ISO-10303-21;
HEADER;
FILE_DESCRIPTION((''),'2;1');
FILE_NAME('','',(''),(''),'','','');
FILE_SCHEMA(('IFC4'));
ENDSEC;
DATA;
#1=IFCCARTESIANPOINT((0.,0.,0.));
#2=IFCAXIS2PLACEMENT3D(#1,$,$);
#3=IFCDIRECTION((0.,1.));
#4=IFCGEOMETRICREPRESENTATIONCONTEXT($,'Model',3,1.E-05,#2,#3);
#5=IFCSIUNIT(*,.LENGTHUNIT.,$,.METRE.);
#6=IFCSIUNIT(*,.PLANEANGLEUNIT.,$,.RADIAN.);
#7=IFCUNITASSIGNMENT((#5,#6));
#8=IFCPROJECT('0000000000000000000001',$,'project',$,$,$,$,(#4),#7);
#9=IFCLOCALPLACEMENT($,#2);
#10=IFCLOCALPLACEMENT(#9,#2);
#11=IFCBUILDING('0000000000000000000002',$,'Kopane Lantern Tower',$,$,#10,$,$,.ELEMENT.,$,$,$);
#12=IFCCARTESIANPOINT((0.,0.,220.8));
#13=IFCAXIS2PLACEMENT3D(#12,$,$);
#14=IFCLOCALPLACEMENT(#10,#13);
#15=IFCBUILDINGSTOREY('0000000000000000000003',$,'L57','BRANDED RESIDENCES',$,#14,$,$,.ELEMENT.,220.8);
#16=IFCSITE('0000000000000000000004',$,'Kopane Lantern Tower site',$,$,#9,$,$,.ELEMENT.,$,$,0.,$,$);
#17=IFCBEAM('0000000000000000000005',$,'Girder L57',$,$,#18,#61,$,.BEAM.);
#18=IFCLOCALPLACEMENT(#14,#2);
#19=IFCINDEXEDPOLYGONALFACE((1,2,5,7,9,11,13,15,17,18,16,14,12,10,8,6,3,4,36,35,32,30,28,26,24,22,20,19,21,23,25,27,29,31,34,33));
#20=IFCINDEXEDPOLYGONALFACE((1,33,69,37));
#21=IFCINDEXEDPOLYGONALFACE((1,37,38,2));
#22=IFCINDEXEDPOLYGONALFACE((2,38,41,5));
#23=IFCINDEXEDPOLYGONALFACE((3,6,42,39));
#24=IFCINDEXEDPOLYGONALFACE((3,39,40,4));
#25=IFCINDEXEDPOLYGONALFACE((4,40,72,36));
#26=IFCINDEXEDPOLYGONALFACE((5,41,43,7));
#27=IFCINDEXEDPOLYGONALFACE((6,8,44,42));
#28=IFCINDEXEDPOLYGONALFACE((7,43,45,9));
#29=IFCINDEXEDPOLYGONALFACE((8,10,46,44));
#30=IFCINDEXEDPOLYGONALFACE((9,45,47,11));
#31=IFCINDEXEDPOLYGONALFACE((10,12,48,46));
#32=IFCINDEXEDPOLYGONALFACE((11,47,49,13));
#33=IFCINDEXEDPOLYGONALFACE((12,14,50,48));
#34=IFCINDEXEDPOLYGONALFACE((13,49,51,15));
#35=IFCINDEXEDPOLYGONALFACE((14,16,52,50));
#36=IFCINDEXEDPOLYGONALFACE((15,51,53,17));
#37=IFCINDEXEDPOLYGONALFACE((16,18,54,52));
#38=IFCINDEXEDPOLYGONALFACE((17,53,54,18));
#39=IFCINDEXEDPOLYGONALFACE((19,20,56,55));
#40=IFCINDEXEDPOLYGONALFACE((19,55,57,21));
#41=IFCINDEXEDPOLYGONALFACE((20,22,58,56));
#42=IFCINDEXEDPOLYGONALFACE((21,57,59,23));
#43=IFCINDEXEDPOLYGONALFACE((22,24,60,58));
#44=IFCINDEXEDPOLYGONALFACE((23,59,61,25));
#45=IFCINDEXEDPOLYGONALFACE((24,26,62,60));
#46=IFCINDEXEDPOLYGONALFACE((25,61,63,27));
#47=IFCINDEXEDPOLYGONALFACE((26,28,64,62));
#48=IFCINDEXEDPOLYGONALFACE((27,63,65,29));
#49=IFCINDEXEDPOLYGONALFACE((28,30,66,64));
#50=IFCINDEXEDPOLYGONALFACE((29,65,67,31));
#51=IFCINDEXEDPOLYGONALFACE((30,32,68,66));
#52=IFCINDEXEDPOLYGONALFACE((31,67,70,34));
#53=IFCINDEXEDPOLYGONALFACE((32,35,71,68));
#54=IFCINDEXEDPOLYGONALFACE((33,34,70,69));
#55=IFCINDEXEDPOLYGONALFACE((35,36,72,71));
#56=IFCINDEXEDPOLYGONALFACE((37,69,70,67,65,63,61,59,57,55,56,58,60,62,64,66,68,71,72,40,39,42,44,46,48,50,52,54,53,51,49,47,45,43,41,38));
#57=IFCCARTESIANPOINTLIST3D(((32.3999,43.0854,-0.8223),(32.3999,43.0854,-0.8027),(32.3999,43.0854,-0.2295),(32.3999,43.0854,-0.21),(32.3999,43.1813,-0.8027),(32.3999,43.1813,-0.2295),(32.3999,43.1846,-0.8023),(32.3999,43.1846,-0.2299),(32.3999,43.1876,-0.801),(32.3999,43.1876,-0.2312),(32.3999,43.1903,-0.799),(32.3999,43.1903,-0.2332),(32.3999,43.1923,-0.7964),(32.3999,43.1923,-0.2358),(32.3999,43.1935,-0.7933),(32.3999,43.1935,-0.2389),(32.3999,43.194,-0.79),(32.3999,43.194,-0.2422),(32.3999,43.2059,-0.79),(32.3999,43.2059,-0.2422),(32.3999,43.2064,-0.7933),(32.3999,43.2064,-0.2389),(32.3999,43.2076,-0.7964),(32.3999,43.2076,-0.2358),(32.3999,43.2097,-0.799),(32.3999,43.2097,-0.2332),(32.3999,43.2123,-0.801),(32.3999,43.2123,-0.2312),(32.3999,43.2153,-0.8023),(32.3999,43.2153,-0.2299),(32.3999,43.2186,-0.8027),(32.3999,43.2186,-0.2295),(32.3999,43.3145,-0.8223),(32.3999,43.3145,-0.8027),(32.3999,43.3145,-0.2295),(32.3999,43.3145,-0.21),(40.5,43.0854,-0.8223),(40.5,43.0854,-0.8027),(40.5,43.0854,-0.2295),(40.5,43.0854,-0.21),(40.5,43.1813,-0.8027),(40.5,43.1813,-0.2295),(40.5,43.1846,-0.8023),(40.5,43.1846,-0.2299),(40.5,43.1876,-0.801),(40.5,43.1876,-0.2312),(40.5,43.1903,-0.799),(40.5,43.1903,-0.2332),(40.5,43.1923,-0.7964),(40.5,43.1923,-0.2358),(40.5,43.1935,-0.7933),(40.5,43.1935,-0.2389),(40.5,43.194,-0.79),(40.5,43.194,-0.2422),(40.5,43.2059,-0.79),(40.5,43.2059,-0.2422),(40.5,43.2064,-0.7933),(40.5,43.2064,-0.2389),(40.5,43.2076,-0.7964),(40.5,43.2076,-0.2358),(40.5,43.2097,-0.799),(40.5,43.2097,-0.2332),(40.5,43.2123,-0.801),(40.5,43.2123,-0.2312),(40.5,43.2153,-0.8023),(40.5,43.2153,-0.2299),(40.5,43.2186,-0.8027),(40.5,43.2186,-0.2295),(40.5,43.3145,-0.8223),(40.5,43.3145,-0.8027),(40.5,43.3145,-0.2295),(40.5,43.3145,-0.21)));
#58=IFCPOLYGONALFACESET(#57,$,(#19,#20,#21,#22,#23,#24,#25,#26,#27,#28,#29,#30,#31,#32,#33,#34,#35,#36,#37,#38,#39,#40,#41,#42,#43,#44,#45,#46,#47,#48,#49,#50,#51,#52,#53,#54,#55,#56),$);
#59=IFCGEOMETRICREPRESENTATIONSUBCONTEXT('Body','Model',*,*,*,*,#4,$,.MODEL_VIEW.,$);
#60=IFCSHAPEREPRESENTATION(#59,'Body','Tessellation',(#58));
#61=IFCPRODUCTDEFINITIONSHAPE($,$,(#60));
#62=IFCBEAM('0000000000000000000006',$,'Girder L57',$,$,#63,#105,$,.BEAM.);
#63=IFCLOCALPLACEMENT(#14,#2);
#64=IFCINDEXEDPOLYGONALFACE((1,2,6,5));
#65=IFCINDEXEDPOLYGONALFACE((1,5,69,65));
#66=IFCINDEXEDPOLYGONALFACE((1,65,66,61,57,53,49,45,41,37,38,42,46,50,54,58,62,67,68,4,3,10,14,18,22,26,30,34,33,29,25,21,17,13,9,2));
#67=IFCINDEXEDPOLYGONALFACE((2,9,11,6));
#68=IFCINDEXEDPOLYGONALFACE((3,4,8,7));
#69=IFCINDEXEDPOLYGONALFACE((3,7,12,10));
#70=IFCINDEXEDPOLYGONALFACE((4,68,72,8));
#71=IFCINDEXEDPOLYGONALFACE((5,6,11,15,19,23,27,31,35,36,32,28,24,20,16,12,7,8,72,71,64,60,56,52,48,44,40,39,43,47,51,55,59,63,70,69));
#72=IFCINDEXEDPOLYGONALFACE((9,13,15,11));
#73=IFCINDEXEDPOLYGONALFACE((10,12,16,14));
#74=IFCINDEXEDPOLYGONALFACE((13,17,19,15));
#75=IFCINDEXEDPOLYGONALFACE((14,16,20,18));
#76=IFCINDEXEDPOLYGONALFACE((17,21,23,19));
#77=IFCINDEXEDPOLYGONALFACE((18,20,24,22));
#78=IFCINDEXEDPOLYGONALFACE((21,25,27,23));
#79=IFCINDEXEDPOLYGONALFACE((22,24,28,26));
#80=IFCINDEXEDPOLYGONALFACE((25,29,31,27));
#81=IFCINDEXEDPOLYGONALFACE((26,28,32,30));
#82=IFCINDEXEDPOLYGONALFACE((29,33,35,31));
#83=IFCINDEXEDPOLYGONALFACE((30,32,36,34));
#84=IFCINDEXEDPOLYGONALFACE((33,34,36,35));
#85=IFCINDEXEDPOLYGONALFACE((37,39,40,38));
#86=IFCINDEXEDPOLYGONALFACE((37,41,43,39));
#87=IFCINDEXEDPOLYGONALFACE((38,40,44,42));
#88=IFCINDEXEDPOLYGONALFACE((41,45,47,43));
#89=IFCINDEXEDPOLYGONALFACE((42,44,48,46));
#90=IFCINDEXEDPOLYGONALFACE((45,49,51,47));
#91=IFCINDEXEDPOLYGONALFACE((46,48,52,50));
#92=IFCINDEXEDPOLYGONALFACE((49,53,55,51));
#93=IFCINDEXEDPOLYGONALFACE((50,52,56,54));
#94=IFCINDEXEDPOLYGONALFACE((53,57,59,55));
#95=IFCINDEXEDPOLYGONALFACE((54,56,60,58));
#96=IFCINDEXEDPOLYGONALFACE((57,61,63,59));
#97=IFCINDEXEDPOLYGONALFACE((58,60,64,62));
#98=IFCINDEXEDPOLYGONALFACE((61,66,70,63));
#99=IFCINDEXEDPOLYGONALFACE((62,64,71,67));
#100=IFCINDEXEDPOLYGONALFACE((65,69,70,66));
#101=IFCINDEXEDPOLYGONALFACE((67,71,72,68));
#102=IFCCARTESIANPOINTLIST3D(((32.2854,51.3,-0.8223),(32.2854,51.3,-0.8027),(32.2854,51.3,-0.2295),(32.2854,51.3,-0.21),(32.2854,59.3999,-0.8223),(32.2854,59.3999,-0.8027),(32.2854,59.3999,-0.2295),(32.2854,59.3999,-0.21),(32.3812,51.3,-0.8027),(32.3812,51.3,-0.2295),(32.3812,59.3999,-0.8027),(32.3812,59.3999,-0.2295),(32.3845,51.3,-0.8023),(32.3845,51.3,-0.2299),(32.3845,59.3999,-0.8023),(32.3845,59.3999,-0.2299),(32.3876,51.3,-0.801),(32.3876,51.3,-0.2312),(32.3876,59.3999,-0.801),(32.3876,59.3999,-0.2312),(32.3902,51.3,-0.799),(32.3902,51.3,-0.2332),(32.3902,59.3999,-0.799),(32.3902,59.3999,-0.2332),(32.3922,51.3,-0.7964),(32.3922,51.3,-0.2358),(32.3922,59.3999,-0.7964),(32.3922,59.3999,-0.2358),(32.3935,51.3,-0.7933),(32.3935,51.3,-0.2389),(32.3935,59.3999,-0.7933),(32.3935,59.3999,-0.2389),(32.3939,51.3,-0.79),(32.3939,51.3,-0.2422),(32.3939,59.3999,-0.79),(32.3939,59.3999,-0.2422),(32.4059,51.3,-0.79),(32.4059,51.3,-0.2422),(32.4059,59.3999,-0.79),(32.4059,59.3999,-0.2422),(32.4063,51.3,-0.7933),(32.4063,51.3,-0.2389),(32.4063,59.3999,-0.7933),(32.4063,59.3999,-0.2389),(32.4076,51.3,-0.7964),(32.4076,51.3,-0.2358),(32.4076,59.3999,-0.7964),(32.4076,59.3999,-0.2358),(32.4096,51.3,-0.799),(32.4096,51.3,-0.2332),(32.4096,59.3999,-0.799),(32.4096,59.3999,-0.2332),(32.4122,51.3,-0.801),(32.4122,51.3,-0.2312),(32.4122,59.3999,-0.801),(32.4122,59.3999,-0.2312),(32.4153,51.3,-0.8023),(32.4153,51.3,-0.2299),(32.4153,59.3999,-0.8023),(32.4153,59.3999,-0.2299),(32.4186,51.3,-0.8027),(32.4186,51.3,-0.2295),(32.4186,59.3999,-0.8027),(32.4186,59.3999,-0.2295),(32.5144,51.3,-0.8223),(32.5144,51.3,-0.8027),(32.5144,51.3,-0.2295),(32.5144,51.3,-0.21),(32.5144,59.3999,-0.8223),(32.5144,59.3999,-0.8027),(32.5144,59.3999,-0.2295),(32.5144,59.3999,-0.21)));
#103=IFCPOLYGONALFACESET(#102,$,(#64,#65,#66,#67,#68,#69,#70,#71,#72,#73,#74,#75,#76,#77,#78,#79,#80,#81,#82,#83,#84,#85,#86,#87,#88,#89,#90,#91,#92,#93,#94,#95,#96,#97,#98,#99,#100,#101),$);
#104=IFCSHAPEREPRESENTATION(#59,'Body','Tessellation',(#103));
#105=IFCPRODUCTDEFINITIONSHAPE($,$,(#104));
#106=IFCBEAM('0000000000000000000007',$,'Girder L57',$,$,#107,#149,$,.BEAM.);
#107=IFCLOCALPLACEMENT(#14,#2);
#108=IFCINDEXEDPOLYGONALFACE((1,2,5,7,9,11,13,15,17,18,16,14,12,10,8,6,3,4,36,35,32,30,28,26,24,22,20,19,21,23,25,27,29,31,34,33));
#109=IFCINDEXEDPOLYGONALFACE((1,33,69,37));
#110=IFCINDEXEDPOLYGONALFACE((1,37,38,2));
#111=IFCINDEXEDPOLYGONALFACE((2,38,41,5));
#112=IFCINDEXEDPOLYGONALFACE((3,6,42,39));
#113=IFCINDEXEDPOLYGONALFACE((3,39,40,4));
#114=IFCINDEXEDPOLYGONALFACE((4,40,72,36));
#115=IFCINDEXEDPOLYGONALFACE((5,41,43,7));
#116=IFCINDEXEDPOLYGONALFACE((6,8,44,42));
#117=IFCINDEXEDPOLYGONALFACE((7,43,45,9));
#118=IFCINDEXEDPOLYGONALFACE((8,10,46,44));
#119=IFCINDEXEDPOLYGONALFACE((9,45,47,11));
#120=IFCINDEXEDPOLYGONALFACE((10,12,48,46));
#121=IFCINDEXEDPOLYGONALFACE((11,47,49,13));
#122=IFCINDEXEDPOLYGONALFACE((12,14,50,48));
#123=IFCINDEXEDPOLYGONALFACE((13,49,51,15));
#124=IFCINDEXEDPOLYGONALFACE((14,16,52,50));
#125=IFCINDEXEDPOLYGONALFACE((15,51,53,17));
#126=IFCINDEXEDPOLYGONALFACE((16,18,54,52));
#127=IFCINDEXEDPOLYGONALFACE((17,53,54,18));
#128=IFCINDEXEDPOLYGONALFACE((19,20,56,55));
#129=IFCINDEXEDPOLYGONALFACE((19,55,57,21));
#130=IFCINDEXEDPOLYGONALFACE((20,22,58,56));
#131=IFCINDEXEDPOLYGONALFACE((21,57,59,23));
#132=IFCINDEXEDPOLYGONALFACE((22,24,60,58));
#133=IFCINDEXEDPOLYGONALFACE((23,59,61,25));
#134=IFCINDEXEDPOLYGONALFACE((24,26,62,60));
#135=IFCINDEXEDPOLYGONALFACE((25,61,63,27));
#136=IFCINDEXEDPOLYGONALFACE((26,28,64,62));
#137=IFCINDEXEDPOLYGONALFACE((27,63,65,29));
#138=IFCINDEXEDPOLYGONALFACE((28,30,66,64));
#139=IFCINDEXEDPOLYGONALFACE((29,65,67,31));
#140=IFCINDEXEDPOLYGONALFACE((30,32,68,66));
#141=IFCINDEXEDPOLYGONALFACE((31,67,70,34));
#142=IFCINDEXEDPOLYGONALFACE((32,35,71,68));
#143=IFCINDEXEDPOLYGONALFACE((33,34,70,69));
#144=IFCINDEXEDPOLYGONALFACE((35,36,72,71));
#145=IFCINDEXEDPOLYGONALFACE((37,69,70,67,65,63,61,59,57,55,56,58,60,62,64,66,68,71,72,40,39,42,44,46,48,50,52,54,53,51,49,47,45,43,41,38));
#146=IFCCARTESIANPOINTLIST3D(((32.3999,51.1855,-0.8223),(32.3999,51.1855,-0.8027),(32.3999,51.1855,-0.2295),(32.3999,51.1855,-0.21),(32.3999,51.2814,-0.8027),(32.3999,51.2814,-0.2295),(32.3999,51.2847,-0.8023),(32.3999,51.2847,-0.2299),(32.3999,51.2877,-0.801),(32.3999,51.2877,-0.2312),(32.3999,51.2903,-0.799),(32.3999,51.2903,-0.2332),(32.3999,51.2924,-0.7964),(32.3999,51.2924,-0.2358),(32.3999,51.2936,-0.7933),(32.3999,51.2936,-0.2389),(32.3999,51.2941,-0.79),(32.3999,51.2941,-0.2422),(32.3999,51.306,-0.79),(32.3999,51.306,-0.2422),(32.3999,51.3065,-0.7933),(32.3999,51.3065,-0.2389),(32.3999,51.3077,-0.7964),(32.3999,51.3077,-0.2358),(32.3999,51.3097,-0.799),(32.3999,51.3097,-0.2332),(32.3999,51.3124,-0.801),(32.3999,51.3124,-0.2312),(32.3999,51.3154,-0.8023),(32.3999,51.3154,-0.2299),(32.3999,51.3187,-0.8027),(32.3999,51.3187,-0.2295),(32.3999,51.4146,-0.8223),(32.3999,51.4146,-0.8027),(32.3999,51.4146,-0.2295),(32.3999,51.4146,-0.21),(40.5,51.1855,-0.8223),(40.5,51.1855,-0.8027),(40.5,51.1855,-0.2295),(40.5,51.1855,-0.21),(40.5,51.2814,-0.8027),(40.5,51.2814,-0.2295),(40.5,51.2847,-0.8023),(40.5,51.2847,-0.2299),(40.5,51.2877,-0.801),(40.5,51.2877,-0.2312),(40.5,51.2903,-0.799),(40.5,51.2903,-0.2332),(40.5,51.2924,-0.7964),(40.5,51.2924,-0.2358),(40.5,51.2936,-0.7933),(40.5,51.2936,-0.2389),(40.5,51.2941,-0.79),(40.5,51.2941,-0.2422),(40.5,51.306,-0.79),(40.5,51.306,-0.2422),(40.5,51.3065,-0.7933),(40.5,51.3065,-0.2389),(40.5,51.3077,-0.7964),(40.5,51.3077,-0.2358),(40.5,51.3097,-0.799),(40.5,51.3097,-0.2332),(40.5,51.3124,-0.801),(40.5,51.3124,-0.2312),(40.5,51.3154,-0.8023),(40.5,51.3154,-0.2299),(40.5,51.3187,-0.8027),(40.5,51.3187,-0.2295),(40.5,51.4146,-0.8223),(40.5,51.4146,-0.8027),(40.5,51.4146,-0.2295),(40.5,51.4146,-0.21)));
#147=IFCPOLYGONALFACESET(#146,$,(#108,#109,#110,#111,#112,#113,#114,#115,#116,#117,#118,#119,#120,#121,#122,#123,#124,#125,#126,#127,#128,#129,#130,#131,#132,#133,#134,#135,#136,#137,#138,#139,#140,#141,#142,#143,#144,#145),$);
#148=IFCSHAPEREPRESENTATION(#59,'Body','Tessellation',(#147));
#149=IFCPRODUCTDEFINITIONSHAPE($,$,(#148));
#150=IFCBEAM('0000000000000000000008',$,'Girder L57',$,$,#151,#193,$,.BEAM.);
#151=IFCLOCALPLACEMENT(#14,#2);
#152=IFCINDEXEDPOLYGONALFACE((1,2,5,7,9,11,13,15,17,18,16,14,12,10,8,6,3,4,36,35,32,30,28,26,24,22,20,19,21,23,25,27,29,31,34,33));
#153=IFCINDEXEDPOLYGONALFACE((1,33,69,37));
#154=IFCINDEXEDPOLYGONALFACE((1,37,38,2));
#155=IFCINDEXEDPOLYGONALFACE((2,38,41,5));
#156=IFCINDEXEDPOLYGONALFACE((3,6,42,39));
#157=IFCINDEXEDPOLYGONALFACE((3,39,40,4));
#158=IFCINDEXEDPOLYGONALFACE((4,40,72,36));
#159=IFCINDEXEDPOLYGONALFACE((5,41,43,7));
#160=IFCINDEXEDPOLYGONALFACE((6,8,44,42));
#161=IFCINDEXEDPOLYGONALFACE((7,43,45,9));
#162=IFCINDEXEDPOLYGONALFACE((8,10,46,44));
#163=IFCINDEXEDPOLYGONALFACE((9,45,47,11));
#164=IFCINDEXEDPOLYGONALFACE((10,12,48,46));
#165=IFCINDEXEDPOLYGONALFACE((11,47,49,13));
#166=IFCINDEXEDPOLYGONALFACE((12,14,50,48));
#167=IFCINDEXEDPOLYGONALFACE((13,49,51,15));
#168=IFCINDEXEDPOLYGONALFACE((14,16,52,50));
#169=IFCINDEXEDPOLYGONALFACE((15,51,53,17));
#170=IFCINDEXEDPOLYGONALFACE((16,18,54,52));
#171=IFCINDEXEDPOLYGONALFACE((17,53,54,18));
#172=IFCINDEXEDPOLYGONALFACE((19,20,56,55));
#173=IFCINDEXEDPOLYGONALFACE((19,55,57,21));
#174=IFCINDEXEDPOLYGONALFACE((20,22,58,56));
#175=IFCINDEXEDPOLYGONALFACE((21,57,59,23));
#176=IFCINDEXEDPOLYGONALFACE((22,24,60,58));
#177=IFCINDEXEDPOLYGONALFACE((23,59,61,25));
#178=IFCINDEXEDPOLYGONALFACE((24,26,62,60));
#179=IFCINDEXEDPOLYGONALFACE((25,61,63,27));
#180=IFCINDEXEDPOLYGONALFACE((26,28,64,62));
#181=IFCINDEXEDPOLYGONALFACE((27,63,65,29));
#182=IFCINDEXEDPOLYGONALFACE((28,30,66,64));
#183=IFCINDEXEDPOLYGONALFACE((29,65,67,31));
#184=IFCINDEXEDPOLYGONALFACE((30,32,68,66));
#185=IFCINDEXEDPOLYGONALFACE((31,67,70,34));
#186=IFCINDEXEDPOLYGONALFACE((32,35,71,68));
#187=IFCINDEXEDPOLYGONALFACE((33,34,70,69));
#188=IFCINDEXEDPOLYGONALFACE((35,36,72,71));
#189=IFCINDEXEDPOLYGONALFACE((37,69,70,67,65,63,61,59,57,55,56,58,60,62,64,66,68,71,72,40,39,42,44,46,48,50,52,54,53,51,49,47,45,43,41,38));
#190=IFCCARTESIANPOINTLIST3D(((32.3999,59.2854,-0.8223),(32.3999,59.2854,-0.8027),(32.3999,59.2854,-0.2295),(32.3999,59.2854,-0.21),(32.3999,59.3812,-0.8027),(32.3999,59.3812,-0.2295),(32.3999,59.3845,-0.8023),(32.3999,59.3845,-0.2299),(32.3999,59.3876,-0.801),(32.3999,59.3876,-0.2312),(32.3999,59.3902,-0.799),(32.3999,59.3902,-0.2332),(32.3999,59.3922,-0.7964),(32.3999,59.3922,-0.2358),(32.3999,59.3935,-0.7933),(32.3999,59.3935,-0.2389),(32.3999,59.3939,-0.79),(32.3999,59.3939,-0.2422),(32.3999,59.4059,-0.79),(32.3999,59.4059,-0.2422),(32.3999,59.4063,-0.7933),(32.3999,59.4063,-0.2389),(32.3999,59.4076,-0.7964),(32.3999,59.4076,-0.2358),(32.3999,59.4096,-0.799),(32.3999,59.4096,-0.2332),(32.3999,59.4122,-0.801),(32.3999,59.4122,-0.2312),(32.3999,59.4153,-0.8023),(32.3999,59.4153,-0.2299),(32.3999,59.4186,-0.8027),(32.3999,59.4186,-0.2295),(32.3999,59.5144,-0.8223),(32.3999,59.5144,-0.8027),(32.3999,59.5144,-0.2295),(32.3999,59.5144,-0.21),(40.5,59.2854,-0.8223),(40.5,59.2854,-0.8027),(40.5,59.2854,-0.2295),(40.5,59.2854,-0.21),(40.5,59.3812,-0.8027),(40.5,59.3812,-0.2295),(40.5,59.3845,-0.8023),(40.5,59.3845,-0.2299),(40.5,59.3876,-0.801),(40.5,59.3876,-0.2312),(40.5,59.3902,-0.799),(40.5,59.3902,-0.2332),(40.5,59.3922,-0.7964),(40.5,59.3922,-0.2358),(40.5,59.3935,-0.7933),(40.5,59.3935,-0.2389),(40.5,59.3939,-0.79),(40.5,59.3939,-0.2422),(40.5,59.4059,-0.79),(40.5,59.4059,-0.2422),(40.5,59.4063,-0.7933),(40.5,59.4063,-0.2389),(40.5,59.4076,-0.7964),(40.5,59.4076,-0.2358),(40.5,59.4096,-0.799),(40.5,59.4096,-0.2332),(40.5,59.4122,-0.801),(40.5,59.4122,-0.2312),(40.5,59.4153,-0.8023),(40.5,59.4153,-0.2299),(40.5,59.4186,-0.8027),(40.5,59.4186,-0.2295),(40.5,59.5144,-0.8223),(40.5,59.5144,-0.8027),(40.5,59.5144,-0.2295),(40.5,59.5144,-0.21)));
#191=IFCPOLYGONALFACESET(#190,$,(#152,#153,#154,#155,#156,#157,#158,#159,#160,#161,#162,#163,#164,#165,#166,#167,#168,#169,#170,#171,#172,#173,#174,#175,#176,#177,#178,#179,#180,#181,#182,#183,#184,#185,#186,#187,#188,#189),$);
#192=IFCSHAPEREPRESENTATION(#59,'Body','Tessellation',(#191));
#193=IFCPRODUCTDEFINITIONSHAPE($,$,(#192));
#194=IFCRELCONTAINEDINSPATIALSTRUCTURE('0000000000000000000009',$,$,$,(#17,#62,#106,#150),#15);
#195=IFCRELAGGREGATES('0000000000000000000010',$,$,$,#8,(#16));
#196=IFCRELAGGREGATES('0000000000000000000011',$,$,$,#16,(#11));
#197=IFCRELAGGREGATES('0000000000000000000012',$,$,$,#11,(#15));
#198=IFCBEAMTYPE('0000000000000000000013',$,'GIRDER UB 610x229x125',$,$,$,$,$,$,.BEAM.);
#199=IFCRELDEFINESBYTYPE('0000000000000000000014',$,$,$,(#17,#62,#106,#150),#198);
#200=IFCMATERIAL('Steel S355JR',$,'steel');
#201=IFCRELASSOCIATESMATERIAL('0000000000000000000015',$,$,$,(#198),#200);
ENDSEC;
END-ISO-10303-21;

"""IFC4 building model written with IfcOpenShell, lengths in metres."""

from ifc_helpers import new_model, si_unit, direction, frame, origin, origin_2d, place, context, subcontext, project, spatial, i_section, extrude, material, material_profile, profile_set, type_object, element, save


model = new_model("IFC4")

# Units and contexts
model_context = context("Model", 3, precision=1e-05, world=origin(), true_north=direction((0.0, 1.0)))
body_context = subcontext(model_context, "Body", "Model", "MODEL_VIEW")
ifc_project = project(units=[si_unit("LENGTHUNIT", "METRE"), si_unit("PLANEANGLEUNIT", "RADIAN")], contexts=[model_context])

# Site, building, storey
site_placement = place(None, origin())
site = spatial("IfcSite", under=ifc_project, at=site_placement, Name="Kopane Lantern Tower site", CompositionType="ELEMENT", RefElevation=0.0)
building_placement = place(site_placement, origin())
building = spatial("IfcBuilding", under=site, at=building_placement, Name="Kopane Lantern Tower", CompositionType="ELEMENT")
storey_placement = place(building_placement, frame((0.0, 0.0, 220.8)))
storey = spatial("IfcBuildingStorey", under=building, at=storey_placement, Name="L57", Description="BRANDED RESIDENCES", CompositionType="ELEMENT", Elevation=220.8)

# Beams
ifc_material_1 = material(Name="Steel S355JR", Category="steel")
ifc_material_profile_1 = material_profile(ifc_material_1, i_section(OverallWidth=0.229, OverallDepth=0.6123, WebThickness=0.012, FlangeThickness=0.0195, FilletRadius=0.0127, at=origin_2d()), Name="UB 610x229x125")
ifc_profile_set_1 = profile_set([ifc_material_profile_1], Name="Steel S355JR")
beam_type_1 = type_object("IfcBeamType", Name="GIRDER UB 610x229x125", PredefinedType="BEAM", material=ifc_profile_set_1)
for number, where, z_axis, x_axis, name in (
    (1, (32.3999, 43.2, -0.5161), (1.0, 0.0, 0.0), (0.0, 1.0, 0.0), "Girder L57"),
):
    element("IfcBeam", number, at=place(storey_placement, frame(where, z_axis=z_axis, x_axis=x_axis)), inside=storey, type_object=beam_type_1, Name=name, PredefinedType="BEAM", context=body_context, shape_type="SweptSolid", body=[
        extrude(i_section(OverallWidth=0.229, OverallDepth=0.6123, WebThickness=0.012, FlangeThickness=0.0195, FilletRadius=0.0127, at=origin_2d()), origin(), (0.0, 0.0, 1.0), 8.1001),
    ])
beam_1_placement = place(storey_placement, frame((32.3999, 51.3, -0.5161), z_axis=(0.0, 1.0, 0.0), x_axis=(-1.0, 0.0, 0.0)))
element("IfcBeam", 2, at=beam_1_placement, inside=storey, type_object=beam_type_1, Name="Girder L57", PredefinedType="BEAM", context=body_context, shape_type="SweptSolid", body=[
    extrude(i_section(OverallWidth=0.229, OverallDepth=0.6123, WebThickness=0.012, FlangeThickness=0.0195, FilletRadius=0.0127, at=origin_2d()), origin(), (0.0, 0.0, 1.0), 8.0999),
])
for number, where, z_axis, x_axis, name in (
    (3, (32.3999, 51.3, -0.5161), (1.0, 0.0, 0.0), (0.0, 1.0, 0.0), "Girder L57"),
    (4, (32.3999, 59.3999, -0.5161), (1.0, 0.0, 0.0), (0.0, 1.0, 0.0), "Girder L57"),
):
    element("IfcBeam", number, at=place(storey_placement, frame(where, z_axis=z_axis, x_axis=x_axis)), inside=storey, type_object=beam_type_1, Name=name, PredefinedType="BEAM", context=body_context, shape_type="SweptSolid", body=[
        extrude(i_section(OverallWidth=0.229, OverallDepth=0.6123, WebThickness=0.012, FlangeThickness=0.0195, FilletRadius=0.0127, at=origin_2d()), origin(), (0.0, 0.0, 1.0), 8.1001),
    ])

save(model, "model.ifc")
